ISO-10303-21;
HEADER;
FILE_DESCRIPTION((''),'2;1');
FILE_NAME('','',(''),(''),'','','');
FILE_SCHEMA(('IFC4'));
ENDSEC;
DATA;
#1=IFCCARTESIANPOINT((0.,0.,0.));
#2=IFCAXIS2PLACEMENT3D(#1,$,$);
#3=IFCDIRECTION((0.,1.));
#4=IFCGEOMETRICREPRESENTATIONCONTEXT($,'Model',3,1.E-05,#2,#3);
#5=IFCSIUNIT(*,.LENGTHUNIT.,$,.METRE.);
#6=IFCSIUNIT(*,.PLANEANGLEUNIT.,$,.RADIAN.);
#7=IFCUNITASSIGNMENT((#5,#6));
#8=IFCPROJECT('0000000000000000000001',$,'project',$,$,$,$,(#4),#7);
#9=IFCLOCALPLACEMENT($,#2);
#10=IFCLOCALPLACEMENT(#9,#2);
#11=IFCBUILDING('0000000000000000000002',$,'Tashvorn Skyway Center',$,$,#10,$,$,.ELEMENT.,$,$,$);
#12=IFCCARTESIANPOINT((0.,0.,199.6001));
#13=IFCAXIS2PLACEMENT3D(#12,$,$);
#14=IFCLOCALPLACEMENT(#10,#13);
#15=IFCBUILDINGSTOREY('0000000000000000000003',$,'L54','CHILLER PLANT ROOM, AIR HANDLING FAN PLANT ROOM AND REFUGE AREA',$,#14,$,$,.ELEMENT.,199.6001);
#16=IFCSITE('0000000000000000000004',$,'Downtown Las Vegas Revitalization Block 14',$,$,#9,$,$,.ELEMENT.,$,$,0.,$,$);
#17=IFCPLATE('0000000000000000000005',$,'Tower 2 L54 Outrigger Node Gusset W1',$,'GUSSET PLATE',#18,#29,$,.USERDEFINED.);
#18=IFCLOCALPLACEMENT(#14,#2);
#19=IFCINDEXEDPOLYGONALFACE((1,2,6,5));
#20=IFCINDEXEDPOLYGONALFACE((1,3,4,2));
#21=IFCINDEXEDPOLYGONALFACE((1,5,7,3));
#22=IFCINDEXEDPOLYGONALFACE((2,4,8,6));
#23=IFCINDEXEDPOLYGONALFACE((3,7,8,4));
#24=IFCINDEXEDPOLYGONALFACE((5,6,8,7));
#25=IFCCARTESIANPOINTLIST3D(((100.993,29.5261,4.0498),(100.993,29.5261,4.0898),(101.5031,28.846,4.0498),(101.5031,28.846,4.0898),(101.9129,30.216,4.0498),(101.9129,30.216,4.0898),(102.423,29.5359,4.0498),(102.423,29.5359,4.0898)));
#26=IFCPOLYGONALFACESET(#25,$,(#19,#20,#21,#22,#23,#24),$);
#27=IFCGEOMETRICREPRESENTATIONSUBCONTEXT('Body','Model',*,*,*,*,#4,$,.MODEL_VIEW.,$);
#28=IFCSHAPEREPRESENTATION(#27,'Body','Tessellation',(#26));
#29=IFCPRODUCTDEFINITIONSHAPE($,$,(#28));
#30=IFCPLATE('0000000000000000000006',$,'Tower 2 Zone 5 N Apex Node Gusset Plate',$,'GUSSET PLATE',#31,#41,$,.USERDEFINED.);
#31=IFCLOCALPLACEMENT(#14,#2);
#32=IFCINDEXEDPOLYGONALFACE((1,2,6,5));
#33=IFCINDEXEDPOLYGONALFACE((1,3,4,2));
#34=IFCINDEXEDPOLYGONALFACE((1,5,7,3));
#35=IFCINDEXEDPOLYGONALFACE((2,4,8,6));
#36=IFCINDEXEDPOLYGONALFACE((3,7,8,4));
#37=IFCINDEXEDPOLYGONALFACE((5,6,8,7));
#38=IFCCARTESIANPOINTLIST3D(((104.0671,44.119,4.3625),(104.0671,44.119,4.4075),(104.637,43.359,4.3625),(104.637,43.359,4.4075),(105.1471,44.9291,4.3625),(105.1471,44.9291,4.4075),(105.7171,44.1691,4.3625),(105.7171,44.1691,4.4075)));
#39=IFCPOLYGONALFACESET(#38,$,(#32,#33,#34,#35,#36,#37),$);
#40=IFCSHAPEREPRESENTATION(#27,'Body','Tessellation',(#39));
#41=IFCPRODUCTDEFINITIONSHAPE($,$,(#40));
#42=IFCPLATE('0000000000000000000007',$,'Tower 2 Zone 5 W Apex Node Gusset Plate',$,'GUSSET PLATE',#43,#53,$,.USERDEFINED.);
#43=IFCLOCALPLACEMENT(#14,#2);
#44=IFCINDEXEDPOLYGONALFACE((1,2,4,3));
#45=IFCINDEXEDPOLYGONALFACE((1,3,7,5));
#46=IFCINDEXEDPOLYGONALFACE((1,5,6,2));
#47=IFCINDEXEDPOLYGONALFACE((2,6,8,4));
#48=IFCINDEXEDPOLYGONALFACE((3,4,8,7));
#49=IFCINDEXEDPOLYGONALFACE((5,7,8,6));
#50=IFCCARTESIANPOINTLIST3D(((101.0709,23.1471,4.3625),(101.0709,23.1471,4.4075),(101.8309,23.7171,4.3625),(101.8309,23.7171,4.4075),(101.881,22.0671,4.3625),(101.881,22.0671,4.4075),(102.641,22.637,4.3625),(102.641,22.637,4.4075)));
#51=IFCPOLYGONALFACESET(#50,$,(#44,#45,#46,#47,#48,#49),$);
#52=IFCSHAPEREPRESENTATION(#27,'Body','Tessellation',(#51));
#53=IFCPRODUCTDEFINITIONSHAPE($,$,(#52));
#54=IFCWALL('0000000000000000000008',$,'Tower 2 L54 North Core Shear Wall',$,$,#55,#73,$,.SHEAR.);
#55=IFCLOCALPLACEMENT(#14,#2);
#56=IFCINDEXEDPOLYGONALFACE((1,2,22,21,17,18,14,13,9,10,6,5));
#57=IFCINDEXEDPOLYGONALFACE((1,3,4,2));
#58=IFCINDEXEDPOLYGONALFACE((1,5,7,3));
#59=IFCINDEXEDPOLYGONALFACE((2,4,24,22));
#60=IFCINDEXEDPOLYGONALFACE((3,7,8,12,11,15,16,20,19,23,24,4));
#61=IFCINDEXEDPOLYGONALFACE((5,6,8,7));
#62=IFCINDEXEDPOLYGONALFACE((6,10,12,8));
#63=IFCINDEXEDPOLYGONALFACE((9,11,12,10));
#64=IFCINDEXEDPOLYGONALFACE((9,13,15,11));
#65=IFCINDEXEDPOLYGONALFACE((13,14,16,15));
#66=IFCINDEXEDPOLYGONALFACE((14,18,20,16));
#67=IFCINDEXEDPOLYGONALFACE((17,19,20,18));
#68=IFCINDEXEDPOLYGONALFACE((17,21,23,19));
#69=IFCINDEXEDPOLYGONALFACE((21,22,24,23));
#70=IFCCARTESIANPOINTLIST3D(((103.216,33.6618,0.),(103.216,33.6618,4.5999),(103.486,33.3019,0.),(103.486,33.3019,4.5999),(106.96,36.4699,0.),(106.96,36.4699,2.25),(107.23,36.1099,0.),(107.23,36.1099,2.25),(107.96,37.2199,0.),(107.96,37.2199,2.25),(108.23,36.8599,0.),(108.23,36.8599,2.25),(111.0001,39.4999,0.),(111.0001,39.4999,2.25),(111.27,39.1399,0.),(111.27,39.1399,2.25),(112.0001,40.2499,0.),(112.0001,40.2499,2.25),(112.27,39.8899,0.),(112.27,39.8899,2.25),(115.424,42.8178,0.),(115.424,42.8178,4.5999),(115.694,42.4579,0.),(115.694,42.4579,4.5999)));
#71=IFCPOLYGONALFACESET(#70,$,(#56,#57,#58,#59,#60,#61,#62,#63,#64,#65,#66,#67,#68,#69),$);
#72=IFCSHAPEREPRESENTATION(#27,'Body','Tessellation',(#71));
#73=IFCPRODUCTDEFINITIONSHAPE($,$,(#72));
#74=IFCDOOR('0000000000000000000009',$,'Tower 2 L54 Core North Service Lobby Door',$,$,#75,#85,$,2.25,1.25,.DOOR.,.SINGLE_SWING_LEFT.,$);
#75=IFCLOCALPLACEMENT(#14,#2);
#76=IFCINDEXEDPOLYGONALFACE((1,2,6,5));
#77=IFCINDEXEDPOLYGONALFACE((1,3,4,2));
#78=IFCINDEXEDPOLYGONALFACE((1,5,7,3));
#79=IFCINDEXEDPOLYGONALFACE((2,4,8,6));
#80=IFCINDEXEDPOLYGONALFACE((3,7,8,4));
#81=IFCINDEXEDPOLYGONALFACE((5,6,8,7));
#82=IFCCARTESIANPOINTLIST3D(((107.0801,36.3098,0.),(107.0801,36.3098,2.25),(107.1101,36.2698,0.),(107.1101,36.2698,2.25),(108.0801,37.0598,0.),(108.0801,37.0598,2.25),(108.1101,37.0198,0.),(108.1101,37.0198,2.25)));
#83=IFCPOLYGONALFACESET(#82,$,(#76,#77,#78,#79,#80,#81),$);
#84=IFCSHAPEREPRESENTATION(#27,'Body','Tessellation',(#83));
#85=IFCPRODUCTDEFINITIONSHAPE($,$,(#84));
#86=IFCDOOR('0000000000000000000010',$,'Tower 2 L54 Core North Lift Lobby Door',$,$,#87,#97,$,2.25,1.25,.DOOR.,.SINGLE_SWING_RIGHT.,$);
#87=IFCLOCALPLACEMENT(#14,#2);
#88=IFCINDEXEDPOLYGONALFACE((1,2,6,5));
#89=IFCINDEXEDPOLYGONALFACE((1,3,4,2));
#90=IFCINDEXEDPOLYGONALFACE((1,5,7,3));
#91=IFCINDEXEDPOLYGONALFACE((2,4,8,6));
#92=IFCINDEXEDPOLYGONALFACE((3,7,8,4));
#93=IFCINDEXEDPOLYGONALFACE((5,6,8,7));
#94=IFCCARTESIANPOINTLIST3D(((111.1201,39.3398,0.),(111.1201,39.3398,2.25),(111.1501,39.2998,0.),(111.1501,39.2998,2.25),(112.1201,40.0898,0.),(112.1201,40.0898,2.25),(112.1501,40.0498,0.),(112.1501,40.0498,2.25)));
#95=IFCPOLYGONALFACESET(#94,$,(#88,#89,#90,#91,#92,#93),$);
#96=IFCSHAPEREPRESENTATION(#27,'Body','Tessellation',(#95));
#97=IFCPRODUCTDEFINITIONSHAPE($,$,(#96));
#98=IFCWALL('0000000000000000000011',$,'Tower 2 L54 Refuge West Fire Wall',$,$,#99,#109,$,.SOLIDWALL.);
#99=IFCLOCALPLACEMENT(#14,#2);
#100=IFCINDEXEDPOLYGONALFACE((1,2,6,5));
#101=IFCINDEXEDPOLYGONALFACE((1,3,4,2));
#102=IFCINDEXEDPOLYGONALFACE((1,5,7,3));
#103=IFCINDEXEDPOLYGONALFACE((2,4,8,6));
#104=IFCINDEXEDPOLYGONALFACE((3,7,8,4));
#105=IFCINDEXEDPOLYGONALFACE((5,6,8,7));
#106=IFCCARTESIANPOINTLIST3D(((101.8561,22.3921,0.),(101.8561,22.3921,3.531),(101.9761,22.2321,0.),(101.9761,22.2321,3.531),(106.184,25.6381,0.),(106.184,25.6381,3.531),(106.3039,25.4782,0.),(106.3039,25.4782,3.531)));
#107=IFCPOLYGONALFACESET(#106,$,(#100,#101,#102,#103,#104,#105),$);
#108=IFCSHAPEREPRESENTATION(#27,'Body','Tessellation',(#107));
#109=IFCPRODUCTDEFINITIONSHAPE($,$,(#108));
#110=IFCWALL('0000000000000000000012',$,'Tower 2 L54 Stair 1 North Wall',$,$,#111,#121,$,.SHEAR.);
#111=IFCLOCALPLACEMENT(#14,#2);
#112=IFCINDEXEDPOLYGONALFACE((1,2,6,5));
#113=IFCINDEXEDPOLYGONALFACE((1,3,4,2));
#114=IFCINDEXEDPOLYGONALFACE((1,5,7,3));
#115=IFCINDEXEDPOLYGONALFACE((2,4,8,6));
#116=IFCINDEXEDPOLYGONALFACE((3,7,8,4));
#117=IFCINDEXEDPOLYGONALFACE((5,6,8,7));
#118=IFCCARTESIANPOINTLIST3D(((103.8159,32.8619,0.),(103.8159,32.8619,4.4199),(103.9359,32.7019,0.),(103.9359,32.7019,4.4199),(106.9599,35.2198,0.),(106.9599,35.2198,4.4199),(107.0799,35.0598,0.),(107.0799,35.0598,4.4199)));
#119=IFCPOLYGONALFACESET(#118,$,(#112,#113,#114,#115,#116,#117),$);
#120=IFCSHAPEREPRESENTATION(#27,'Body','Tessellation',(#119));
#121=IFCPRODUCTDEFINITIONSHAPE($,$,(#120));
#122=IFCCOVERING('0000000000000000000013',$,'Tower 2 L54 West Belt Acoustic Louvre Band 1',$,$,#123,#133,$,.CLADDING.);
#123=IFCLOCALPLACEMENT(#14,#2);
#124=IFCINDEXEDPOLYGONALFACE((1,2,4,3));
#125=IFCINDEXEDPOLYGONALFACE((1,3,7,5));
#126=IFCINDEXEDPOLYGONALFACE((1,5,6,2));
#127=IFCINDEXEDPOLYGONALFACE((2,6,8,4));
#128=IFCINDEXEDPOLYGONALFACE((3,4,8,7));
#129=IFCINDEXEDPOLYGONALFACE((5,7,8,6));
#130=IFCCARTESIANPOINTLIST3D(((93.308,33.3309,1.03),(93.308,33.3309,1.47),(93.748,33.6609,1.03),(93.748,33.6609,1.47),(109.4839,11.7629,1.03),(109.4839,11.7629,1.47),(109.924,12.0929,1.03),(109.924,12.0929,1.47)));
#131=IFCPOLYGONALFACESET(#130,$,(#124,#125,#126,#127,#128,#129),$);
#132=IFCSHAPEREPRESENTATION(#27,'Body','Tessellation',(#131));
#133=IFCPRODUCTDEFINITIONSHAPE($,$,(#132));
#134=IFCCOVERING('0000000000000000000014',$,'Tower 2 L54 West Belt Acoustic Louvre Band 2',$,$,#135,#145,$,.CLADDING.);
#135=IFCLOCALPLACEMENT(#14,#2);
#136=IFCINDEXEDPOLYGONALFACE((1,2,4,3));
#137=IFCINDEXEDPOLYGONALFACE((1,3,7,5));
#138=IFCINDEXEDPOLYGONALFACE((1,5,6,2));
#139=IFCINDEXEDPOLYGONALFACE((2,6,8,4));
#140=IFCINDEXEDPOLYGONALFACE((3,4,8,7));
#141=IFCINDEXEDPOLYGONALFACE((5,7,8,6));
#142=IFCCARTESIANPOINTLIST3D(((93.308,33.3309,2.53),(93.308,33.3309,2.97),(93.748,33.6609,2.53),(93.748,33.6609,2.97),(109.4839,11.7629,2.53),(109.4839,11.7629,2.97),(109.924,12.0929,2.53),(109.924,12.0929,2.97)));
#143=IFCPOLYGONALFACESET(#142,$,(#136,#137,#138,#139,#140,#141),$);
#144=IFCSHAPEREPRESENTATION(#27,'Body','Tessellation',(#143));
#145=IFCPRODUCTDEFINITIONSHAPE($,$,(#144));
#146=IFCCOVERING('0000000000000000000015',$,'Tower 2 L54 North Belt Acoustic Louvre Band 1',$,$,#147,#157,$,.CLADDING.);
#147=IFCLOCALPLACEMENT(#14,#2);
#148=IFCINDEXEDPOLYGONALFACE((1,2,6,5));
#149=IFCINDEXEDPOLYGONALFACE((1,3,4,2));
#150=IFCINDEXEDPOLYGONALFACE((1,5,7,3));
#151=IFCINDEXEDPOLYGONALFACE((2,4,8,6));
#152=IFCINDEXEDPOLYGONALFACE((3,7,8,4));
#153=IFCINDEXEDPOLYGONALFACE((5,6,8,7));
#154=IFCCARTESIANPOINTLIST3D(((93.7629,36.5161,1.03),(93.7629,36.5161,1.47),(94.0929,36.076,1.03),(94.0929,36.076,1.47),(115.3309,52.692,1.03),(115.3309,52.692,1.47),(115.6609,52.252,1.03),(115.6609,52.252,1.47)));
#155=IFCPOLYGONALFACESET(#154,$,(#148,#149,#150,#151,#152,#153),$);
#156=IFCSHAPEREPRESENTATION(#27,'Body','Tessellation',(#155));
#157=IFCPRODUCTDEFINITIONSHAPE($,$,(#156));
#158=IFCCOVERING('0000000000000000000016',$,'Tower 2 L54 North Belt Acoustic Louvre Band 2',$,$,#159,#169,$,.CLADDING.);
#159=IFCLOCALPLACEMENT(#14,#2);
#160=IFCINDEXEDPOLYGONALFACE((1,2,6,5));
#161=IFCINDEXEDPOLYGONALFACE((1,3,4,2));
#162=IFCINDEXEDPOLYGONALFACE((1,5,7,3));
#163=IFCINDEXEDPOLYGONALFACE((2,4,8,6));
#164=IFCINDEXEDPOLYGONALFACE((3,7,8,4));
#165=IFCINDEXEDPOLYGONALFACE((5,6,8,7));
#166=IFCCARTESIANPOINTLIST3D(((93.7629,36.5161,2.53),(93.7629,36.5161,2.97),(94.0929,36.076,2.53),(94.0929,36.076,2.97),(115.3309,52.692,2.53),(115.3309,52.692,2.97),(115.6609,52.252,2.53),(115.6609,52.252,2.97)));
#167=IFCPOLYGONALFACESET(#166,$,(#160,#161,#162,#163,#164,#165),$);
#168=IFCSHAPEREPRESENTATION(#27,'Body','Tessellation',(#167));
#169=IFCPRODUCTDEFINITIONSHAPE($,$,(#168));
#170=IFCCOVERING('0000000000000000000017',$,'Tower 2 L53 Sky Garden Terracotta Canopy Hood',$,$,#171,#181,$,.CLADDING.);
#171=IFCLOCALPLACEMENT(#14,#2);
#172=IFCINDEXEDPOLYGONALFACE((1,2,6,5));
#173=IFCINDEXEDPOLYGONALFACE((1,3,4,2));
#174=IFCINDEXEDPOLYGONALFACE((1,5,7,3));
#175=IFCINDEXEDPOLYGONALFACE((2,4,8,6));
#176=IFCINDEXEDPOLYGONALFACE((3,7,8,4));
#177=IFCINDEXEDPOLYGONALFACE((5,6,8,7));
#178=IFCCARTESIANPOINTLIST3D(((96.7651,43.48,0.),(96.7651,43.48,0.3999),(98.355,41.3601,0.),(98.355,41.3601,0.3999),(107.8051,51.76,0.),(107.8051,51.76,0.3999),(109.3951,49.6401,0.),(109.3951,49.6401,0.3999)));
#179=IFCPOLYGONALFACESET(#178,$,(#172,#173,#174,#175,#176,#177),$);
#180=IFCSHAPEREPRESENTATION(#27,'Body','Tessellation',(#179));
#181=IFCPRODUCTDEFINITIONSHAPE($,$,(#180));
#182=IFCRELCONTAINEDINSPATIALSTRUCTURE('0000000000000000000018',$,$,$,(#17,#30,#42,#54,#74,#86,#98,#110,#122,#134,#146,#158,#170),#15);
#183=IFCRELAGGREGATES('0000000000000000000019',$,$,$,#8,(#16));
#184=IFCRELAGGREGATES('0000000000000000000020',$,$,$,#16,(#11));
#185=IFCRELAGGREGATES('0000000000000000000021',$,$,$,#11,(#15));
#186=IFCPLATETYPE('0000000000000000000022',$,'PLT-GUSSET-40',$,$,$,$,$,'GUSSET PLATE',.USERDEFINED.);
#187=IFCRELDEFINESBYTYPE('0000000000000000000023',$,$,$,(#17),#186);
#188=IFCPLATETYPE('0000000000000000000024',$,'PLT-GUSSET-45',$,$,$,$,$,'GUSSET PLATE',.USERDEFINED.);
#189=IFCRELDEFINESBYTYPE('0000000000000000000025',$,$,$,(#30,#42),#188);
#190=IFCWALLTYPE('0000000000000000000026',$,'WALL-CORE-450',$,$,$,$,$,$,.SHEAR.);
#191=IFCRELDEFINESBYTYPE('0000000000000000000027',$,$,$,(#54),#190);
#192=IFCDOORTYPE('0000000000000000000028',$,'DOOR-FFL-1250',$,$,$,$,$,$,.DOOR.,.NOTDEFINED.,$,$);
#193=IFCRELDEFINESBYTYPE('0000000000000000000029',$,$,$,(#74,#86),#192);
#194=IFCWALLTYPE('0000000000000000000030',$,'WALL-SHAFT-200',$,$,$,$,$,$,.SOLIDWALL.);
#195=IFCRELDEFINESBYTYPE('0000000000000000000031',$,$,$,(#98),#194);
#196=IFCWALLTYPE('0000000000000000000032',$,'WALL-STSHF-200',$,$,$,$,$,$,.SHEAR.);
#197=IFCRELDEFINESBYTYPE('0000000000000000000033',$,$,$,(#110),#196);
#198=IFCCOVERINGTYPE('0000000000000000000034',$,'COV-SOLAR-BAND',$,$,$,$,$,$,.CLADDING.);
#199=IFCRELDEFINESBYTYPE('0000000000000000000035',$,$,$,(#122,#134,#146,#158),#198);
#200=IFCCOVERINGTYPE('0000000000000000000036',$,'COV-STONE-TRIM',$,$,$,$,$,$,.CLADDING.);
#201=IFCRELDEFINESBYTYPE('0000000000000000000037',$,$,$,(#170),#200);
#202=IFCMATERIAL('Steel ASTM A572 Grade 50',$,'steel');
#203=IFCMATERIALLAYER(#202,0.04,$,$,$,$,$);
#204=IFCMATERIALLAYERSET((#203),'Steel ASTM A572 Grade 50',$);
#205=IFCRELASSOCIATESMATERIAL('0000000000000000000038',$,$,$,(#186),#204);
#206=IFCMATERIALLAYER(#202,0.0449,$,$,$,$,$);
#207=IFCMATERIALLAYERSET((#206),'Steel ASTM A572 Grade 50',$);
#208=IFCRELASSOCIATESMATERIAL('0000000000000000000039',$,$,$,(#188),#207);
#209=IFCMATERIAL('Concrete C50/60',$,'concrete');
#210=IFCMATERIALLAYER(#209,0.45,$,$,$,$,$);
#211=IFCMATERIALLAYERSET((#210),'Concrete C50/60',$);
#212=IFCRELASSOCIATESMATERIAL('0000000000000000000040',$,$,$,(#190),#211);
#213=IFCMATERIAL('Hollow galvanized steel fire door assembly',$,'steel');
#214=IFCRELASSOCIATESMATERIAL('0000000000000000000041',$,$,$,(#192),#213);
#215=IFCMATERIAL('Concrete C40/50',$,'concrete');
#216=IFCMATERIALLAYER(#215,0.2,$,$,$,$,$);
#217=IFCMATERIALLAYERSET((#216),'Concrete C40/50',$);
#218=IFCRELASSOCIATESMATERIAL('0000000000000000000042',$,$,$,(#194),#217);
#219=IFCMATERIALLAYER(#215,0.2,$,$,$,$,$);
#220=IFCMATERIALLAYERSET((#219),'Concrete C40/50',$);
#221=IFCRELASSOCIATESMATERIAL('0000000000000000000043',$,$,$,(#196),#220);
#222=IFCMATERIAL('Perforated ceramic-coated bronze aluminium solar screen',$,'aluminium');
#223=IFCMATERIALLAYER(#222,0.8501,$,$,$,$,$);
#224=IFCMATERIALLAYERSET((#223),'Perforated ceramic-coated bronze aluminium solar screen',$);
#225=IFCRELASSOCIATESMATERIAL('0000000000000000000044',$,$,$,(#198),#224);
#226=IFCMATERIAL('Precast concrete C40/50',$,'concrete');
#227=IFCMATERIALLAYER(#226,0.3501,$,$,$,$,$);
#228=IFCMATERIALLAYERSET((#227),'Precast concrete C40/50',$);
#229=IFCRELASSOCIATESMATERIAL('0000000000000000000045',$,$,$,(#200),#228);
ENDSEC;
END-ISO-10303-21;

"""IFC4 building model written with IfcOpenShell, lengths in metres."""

from ifc_helpers import new_model, si_unit, direction, frame, frame_2d, origin, origin_2d, place, context, subcontext, project, spatial, rectangle, extrude, material, layer, layer_set, type_object, element, fill, save


model = new_model("IFC4")

# Units and contexts
model_context = context("Model", 3, precision=1e-05, world=origin(), true_north=direction((0.0, 1.0)))
body_context = subcontext(model_context, "Body", "Model", "MODEL_VIEW")
ifc_project = project(units=[si_unit("LENGTHUNIT", "METRE"), si_unit("PLANEANGLEUNIT", "RADIAN")], contexts=[model_context])

# Site, building, storey
site_placement = place(None, origin())
site = spatial("IfcSite", under=ifc_project, at=site_placement, Name="Downtown Las Vegas Revitalization Block 14", CompositionType="ELEMENT", RefElevation=0.0)
building_placement = place(site_placement, origin())
building = spatial("IfcBuilding", under=site, at=building_placement, Name="Tashvorn Skyway Center", CompositionType="ELEMENT")
storey_placement = place(building_placement, frame((0.0, 0.0, 199.6001)))
storey = spatial("IfcBuildingStorey", under=building, at=storey_placement, Name="L54", Description="CHILLER PLANT ROOM, AIR HANDLING FAN PLANT ROOM AND REFUGE AREA", CompositionType="ELEMENT", Elevation=199.6001)

# Shared definitions
ifc_material_1 = material(Name="Steel ASTM A572 Grade 50", Category="steel")

# Plates
ifc_layer_1 = layer(ifc_material_1, 0.04)
ifc_layer_set_1 = layer_set([ifc_layer_1], Name="Steel ASTM A572 Grade 50")
plate_type_1 = type_object("IfcPlateType", Name="PLT-GUSSET-40", ElementType="GUSSET PLATE", PredefinedType="USERDEFINED", material=ifc_layer_set_1)
plate_1_placement = place(storey_placement, frame((101.708, 29.531, 4.0498), z_axis=(0.0, 0.0, 1.0), x_axis=(0.8, 0.6, 0.0)))
element("IfcPlate", 1, at=plate_1_placement, inside=storey, type_object=plate_type_1, Name="Tower 2 L54 Outrigger Node Gusset W1", ObjectType="GUSSET PLATE", PredefinedType="USERDEFINED", context=body_context, shape_type="SweptSolid", body=[
    extrude(rectangle(XDim=1.1499, YDim=0.8501, at=origin_2d()), origin(), (0.0, 0.0, 1.0), 0.04),
])
ifc_layer_2 = layer(ifc_material_1, 0.0449)
ifc_layer_set_2 = layer_set([ifc_layer_2], Name="Steel ASTM A572 Grade 50")
plate_type_2 = type_object("IfcPlateType", Name="PLT-GUSSET-45", ElementType="GUSSET PLATE", PredefinedType="USERDEFINED", material=ifc_layer_set_2)
for number, where, z_axis, x_axis, name in (
    (2, (104.8921, 44.144, 4.3625), (0.0, 0.0, 1.0), (-0.8, -0.6, 0.0), "Tower 2 Zone 5 N Apex Node Gusset Plate"),
    (3, (101.856, 22.8921, 4.3625), (0.0, 0.0, 1.0), (0.6, -0.8, 0.0), "Tower 2 Zone 5 W Apex Node Gusset Plate"),
):
    element("IfcPlate", number, at=place(storey_placement, frame(where, z_axis=z_axis, x_axis=x_axis)), inside=storey, type_object=plate_type_2, Name=name, ObjectType="GUSSET PLATE", PredefinedType="USERDEFINED", context=body_context, shape_type="SweptSolid", body=[
        extrude(rectangle(XDim=1.3501, YDim=0.95, at=origin_2d()), origin(), (0.0, 0.0, 1.0), 0.0449),
    ])

# Wall, openings, doors
ifc_material_2 = material(Name="Concrete C50/60", Category="concrete")
ifc_layer_3 = layer(ifc_material_2, 0.45)
ifc_layer_set_3 = layer_set([ifc_layer_3], Name="Concrete C50/60")
wall_type_1 = type_object("IfcWallType", Name="WALL-CORE-450", PredefinedType="SHEAR", material=ifc_layer_set_3)
wall_1_placement = place(storey_placement, frame((103.3511, 33.4819, 0.0), z_axis=(0.0, 0.0, 1.0), x_axis=(0.8, 0.6, 0.0)))
wall_1 = element("IfcWall", 4, at=wall_1_placement, inside=storey, type_object=wall_type_1, Name="Tower 2 L54 North Core Shear Wall", PredefinedType="SHEAR", context=body_context, shape_type="SweptSolid", body=[
    extrude(rectangle(XDim=15.26, YDim=0.45, at=frame_2d((7.6299, 0.0))), origin(), (0.0, 0.0, 1.0), 4.5999),
])
opening_1_placement = place(wall_1_placement, frame((4.6799, 0.0, 0.0)))
opening_1 = element("IfcOpeningElement", 5, at=opening_1_placement, cuts=wall_1, PredefinedType="OPENING", context=body_context, shape_type="SweptSolid", body=[
    extrude(rectangle(XDim=1.25, YDim=2.25, at=frame_2d((0.625, 1.125))), frame((0.0, 0.2349, 0.0), z_axis=(0.0, -1.0, 0.0), x_axis=(1.0, 0.0, 0.0)), (0.0, 0.0, 1.0), 0.47),
])
opening_2_placement = place(wall_1_placement, frame((9.73, 0.0, 0.0)))
opening_2 = element("IfcOpeningElement", 6, at=opening_2_placement, cuts=wall_1, PredefinedType="OPENING", context=body_context, shape_type="SweptSolid", body=[
    extrude(rectangle(XDim=1.25, YDim=2.25, at=frame_2d((0.625, 1.125))), frame((0.0, 0.2349, 0.0), z_axis=(0.0, -1.0, 0.0), x_axis=(1.0, 0.0, 0.0)), (0.0, 0.0, 1.0), 0.47),
])
ifc_material_3 = material(Name="Hollow galvanized steel fire door assembly", Category="steel")
door_type = type_object("IfcDoorType", Name="DOOR-FFL-1250", OperationType="NOTDEFINED", PredefinedType="DOOR", material=ifc_material_3)
door_1_placement = place(opening_1_placement, origin())
door_1 = element("IfcDoor", 7, at=door_1_placement, inside=storey, type_object=door_type, Name="Tower 2 L54 Core North Service Lobby Door", OperationType="SINGLE_SWING_LEFT", OverallHeight=2.25, OverallWidth=1.25, PredefinedType="DOOR", context=body_context, shape_type="SweptSolid", body=[
    extrude(rectangle(XDim=1.25, YDim=2.25, at=frame_2d((0.625, 1.125))), frame((0.0, 0.0249, 0.0), z_axis=(0.0, -1.0, 0.0), x_axis=(1.0, 0.0, 0.0)), (0.0, 0.0, 1.0), 0.05),
])
fill(opening_1, door_1)
door_2_placement = place(opening_2_placement, origin())
door_2 = element("IfcDoor", 8, at=door_2_placement, inside=storey, type_object=door_type, Name="Tower 2 L54 Core North Lift Lobby Door", OperationType="SINGLE_SWING_RIGHT", OverallHeight=2.25, OverallWidth=1.25, PredefinedType="DOOR", context=body_context, shape_type="SweptSolid", body=[
    extrude(rectangle(XDim=1.25, YDim=2.25, at=frame_2d((0.625, 1.125))), frame((0.0, 0.0249, 0.0), z_axis=(0.0, -1.0, 0.0), x_axis=(1.0, 0.0, 0.0)), (0.0, 0.0, 1.0), 0.05),
])
fill(opening_2, door_2)

# Walls
ifc_material_4 = material(Name="Concrete C40/50", Category="concrete")
ifc_layer_4 = layer(ifc_material_4, 0.2)
ifc_layer_set_4 = layer_set([ifc_layer_4], Name="Concrete C40/50")
wall_type_2 = type_object("IfcWallType", Name="WALL-SHAFT-200", PredefinedType="SOLIDWALL", material=ifc_layer_set_4)
wall_2_placement = place(storey_placement, frame((101.916, 22.312, 0.0), z_axis=(0.0, 0.0, 1.0), x_axis=(0.799984, 0.600022, 0.0)))
element("IfcWall", 9, at=wall_2_placement, inside=storey, type_object=wall_type_2, Name="Tower 2 L54 Refuge West Fire Wall", PredefinedType="SOLIDWALL", context=body_context, shape_type="SweptSolid", body=[
    extrude(rectangle(XDim=5.4099, YDim=0.2, at=frame_2d((2.7051, 0.0))), origin(), (0.0, 0.0, 1.0), 3.531),
])
ifc_layer_5 = layer(ifc_material_4, 0.2)
ifc_layer_set_5 = layer_set([ifc_layer_5], Name="Concrete C40/50")
wall_type_3 = type_object("IfcWallType", Name="WALL-STSHF-200", PredefinedType="SHEAR", material=ifc_layer_set_5)
wall_3_placement = place(storey_placement, frame((103.876, 32.782, 0.0), z_axis=(0.0, 0.0, 1.0), x_axis=(0.800015, 0.59998, 0.0)))
element("IfcWall", 10, at=wall_3_placement, inside=storey, type_object=wall_type_3, Name="Tower 2 L54 Stair 1 North Wall", PredefinedType="SHEAR", context=body_context, shape_type="SweptSolid", body=[
    extrude(rectangle(XDim=3.9299, YDim=0.2, at=frame_2d((1.9648, 0.0))), origin(), (0.0, 0.0, 1.0), 4.4199),
])

# Coverings
ifc_material_5 = material(Name="Perforated ceramic-coated bronze aluminium solar screen", Category="aluminium")
ifc_layer_6 = layer(ifc_material_5, 0.8501)
ifc_layer_set_6 = layer_set([ifc_layer_6], Name="Perforated ceramic-coated bronze aluminium solar screen")
covering_type_1 = type_object("IfcCoveringType", Name="COV-SOLAR-BAND", PredefinedType="CLADDING", material=ifc_layer_set_6)
for number, where, z_axis, x_axis, name in (
    (11, (101.616, 22.7119, 1.03), (0.0, 0.0, 1.0), (-0.6, 0.8, 0.0), "Tower 2 L54 West Belt Acoustic Louvre Band 1"),
    (12, (101.616, 22.7119, 2.53), (0.0, 0.0, 1.0), (-0.6, 0.8, 0.0), "Tower 2 L54 West Belt Acoustic Louvre Band 2"),
    (13, (104.7119, 44.384, 1.03), (0.0, 0.0, 1.0), (0.8, 0.6, 0.0), "Tower 2 L54 North Belt Acoustic Louvre Band 1"),
    (14, (104.7119, 44.384, 2.53), (0.0, 0.0, 1.0), (0.8, 0.6, 0.0), "Tower 2 L54 North Belt Acoustic Louvre Band 2"),
):
    element("IfcCovering", number, at=place(storey_placement, frame(where, z_axis=z_axis, x_axis=x_axis)), inside=storey, type_object=covering_type_1, Name=name, PredefinedType="CLADDING", context=body_context, shape_type="SweptSolid", body=[
        extrude(rectangle(XDim=26.96, YDim=0.55, at=origin_2d()), origin(), (0.0, 0.0, 1.0), 0.4399),
    ])
ifc_material_6 = material(Name="Precast concrete C40/50", Category="concrete")
ifc_layer_7 = layer(ifc_material_6, 0.3501)
ifc_layer_set_7 = layer_set([ifc_layer_7], Name="Precast concrete C40/50")
covering_type_2 = type_object("IfcCoveringType", Name="COV-STONE-TRIM", PredefinedType="CLADDING", material=ifc_layer_set_7)
covering_placement = place(storey_placement, frame((103.0801, 46.5601, 0.0), z_axis=(0.0, 0.0, 1.0), x_axis=(0.8, 0.6, 0.0)))
element("IfcCovering", 15, at=covering_placement, inside=storey, type_object=covering_type_2, Name="Tower 2 L53 Sky Garden Terracotta Canopy Hood", PredefinedType="CLADDING", context=body_context, shape_type="SweptSolid", body=[
    extrude(rectangle(XDim=13.8, YDim=2.6499, at=origin_2d()), origin(), (0.0, 0.0, 1.0), 0.3999),
])

save(model, "model.ifc")
